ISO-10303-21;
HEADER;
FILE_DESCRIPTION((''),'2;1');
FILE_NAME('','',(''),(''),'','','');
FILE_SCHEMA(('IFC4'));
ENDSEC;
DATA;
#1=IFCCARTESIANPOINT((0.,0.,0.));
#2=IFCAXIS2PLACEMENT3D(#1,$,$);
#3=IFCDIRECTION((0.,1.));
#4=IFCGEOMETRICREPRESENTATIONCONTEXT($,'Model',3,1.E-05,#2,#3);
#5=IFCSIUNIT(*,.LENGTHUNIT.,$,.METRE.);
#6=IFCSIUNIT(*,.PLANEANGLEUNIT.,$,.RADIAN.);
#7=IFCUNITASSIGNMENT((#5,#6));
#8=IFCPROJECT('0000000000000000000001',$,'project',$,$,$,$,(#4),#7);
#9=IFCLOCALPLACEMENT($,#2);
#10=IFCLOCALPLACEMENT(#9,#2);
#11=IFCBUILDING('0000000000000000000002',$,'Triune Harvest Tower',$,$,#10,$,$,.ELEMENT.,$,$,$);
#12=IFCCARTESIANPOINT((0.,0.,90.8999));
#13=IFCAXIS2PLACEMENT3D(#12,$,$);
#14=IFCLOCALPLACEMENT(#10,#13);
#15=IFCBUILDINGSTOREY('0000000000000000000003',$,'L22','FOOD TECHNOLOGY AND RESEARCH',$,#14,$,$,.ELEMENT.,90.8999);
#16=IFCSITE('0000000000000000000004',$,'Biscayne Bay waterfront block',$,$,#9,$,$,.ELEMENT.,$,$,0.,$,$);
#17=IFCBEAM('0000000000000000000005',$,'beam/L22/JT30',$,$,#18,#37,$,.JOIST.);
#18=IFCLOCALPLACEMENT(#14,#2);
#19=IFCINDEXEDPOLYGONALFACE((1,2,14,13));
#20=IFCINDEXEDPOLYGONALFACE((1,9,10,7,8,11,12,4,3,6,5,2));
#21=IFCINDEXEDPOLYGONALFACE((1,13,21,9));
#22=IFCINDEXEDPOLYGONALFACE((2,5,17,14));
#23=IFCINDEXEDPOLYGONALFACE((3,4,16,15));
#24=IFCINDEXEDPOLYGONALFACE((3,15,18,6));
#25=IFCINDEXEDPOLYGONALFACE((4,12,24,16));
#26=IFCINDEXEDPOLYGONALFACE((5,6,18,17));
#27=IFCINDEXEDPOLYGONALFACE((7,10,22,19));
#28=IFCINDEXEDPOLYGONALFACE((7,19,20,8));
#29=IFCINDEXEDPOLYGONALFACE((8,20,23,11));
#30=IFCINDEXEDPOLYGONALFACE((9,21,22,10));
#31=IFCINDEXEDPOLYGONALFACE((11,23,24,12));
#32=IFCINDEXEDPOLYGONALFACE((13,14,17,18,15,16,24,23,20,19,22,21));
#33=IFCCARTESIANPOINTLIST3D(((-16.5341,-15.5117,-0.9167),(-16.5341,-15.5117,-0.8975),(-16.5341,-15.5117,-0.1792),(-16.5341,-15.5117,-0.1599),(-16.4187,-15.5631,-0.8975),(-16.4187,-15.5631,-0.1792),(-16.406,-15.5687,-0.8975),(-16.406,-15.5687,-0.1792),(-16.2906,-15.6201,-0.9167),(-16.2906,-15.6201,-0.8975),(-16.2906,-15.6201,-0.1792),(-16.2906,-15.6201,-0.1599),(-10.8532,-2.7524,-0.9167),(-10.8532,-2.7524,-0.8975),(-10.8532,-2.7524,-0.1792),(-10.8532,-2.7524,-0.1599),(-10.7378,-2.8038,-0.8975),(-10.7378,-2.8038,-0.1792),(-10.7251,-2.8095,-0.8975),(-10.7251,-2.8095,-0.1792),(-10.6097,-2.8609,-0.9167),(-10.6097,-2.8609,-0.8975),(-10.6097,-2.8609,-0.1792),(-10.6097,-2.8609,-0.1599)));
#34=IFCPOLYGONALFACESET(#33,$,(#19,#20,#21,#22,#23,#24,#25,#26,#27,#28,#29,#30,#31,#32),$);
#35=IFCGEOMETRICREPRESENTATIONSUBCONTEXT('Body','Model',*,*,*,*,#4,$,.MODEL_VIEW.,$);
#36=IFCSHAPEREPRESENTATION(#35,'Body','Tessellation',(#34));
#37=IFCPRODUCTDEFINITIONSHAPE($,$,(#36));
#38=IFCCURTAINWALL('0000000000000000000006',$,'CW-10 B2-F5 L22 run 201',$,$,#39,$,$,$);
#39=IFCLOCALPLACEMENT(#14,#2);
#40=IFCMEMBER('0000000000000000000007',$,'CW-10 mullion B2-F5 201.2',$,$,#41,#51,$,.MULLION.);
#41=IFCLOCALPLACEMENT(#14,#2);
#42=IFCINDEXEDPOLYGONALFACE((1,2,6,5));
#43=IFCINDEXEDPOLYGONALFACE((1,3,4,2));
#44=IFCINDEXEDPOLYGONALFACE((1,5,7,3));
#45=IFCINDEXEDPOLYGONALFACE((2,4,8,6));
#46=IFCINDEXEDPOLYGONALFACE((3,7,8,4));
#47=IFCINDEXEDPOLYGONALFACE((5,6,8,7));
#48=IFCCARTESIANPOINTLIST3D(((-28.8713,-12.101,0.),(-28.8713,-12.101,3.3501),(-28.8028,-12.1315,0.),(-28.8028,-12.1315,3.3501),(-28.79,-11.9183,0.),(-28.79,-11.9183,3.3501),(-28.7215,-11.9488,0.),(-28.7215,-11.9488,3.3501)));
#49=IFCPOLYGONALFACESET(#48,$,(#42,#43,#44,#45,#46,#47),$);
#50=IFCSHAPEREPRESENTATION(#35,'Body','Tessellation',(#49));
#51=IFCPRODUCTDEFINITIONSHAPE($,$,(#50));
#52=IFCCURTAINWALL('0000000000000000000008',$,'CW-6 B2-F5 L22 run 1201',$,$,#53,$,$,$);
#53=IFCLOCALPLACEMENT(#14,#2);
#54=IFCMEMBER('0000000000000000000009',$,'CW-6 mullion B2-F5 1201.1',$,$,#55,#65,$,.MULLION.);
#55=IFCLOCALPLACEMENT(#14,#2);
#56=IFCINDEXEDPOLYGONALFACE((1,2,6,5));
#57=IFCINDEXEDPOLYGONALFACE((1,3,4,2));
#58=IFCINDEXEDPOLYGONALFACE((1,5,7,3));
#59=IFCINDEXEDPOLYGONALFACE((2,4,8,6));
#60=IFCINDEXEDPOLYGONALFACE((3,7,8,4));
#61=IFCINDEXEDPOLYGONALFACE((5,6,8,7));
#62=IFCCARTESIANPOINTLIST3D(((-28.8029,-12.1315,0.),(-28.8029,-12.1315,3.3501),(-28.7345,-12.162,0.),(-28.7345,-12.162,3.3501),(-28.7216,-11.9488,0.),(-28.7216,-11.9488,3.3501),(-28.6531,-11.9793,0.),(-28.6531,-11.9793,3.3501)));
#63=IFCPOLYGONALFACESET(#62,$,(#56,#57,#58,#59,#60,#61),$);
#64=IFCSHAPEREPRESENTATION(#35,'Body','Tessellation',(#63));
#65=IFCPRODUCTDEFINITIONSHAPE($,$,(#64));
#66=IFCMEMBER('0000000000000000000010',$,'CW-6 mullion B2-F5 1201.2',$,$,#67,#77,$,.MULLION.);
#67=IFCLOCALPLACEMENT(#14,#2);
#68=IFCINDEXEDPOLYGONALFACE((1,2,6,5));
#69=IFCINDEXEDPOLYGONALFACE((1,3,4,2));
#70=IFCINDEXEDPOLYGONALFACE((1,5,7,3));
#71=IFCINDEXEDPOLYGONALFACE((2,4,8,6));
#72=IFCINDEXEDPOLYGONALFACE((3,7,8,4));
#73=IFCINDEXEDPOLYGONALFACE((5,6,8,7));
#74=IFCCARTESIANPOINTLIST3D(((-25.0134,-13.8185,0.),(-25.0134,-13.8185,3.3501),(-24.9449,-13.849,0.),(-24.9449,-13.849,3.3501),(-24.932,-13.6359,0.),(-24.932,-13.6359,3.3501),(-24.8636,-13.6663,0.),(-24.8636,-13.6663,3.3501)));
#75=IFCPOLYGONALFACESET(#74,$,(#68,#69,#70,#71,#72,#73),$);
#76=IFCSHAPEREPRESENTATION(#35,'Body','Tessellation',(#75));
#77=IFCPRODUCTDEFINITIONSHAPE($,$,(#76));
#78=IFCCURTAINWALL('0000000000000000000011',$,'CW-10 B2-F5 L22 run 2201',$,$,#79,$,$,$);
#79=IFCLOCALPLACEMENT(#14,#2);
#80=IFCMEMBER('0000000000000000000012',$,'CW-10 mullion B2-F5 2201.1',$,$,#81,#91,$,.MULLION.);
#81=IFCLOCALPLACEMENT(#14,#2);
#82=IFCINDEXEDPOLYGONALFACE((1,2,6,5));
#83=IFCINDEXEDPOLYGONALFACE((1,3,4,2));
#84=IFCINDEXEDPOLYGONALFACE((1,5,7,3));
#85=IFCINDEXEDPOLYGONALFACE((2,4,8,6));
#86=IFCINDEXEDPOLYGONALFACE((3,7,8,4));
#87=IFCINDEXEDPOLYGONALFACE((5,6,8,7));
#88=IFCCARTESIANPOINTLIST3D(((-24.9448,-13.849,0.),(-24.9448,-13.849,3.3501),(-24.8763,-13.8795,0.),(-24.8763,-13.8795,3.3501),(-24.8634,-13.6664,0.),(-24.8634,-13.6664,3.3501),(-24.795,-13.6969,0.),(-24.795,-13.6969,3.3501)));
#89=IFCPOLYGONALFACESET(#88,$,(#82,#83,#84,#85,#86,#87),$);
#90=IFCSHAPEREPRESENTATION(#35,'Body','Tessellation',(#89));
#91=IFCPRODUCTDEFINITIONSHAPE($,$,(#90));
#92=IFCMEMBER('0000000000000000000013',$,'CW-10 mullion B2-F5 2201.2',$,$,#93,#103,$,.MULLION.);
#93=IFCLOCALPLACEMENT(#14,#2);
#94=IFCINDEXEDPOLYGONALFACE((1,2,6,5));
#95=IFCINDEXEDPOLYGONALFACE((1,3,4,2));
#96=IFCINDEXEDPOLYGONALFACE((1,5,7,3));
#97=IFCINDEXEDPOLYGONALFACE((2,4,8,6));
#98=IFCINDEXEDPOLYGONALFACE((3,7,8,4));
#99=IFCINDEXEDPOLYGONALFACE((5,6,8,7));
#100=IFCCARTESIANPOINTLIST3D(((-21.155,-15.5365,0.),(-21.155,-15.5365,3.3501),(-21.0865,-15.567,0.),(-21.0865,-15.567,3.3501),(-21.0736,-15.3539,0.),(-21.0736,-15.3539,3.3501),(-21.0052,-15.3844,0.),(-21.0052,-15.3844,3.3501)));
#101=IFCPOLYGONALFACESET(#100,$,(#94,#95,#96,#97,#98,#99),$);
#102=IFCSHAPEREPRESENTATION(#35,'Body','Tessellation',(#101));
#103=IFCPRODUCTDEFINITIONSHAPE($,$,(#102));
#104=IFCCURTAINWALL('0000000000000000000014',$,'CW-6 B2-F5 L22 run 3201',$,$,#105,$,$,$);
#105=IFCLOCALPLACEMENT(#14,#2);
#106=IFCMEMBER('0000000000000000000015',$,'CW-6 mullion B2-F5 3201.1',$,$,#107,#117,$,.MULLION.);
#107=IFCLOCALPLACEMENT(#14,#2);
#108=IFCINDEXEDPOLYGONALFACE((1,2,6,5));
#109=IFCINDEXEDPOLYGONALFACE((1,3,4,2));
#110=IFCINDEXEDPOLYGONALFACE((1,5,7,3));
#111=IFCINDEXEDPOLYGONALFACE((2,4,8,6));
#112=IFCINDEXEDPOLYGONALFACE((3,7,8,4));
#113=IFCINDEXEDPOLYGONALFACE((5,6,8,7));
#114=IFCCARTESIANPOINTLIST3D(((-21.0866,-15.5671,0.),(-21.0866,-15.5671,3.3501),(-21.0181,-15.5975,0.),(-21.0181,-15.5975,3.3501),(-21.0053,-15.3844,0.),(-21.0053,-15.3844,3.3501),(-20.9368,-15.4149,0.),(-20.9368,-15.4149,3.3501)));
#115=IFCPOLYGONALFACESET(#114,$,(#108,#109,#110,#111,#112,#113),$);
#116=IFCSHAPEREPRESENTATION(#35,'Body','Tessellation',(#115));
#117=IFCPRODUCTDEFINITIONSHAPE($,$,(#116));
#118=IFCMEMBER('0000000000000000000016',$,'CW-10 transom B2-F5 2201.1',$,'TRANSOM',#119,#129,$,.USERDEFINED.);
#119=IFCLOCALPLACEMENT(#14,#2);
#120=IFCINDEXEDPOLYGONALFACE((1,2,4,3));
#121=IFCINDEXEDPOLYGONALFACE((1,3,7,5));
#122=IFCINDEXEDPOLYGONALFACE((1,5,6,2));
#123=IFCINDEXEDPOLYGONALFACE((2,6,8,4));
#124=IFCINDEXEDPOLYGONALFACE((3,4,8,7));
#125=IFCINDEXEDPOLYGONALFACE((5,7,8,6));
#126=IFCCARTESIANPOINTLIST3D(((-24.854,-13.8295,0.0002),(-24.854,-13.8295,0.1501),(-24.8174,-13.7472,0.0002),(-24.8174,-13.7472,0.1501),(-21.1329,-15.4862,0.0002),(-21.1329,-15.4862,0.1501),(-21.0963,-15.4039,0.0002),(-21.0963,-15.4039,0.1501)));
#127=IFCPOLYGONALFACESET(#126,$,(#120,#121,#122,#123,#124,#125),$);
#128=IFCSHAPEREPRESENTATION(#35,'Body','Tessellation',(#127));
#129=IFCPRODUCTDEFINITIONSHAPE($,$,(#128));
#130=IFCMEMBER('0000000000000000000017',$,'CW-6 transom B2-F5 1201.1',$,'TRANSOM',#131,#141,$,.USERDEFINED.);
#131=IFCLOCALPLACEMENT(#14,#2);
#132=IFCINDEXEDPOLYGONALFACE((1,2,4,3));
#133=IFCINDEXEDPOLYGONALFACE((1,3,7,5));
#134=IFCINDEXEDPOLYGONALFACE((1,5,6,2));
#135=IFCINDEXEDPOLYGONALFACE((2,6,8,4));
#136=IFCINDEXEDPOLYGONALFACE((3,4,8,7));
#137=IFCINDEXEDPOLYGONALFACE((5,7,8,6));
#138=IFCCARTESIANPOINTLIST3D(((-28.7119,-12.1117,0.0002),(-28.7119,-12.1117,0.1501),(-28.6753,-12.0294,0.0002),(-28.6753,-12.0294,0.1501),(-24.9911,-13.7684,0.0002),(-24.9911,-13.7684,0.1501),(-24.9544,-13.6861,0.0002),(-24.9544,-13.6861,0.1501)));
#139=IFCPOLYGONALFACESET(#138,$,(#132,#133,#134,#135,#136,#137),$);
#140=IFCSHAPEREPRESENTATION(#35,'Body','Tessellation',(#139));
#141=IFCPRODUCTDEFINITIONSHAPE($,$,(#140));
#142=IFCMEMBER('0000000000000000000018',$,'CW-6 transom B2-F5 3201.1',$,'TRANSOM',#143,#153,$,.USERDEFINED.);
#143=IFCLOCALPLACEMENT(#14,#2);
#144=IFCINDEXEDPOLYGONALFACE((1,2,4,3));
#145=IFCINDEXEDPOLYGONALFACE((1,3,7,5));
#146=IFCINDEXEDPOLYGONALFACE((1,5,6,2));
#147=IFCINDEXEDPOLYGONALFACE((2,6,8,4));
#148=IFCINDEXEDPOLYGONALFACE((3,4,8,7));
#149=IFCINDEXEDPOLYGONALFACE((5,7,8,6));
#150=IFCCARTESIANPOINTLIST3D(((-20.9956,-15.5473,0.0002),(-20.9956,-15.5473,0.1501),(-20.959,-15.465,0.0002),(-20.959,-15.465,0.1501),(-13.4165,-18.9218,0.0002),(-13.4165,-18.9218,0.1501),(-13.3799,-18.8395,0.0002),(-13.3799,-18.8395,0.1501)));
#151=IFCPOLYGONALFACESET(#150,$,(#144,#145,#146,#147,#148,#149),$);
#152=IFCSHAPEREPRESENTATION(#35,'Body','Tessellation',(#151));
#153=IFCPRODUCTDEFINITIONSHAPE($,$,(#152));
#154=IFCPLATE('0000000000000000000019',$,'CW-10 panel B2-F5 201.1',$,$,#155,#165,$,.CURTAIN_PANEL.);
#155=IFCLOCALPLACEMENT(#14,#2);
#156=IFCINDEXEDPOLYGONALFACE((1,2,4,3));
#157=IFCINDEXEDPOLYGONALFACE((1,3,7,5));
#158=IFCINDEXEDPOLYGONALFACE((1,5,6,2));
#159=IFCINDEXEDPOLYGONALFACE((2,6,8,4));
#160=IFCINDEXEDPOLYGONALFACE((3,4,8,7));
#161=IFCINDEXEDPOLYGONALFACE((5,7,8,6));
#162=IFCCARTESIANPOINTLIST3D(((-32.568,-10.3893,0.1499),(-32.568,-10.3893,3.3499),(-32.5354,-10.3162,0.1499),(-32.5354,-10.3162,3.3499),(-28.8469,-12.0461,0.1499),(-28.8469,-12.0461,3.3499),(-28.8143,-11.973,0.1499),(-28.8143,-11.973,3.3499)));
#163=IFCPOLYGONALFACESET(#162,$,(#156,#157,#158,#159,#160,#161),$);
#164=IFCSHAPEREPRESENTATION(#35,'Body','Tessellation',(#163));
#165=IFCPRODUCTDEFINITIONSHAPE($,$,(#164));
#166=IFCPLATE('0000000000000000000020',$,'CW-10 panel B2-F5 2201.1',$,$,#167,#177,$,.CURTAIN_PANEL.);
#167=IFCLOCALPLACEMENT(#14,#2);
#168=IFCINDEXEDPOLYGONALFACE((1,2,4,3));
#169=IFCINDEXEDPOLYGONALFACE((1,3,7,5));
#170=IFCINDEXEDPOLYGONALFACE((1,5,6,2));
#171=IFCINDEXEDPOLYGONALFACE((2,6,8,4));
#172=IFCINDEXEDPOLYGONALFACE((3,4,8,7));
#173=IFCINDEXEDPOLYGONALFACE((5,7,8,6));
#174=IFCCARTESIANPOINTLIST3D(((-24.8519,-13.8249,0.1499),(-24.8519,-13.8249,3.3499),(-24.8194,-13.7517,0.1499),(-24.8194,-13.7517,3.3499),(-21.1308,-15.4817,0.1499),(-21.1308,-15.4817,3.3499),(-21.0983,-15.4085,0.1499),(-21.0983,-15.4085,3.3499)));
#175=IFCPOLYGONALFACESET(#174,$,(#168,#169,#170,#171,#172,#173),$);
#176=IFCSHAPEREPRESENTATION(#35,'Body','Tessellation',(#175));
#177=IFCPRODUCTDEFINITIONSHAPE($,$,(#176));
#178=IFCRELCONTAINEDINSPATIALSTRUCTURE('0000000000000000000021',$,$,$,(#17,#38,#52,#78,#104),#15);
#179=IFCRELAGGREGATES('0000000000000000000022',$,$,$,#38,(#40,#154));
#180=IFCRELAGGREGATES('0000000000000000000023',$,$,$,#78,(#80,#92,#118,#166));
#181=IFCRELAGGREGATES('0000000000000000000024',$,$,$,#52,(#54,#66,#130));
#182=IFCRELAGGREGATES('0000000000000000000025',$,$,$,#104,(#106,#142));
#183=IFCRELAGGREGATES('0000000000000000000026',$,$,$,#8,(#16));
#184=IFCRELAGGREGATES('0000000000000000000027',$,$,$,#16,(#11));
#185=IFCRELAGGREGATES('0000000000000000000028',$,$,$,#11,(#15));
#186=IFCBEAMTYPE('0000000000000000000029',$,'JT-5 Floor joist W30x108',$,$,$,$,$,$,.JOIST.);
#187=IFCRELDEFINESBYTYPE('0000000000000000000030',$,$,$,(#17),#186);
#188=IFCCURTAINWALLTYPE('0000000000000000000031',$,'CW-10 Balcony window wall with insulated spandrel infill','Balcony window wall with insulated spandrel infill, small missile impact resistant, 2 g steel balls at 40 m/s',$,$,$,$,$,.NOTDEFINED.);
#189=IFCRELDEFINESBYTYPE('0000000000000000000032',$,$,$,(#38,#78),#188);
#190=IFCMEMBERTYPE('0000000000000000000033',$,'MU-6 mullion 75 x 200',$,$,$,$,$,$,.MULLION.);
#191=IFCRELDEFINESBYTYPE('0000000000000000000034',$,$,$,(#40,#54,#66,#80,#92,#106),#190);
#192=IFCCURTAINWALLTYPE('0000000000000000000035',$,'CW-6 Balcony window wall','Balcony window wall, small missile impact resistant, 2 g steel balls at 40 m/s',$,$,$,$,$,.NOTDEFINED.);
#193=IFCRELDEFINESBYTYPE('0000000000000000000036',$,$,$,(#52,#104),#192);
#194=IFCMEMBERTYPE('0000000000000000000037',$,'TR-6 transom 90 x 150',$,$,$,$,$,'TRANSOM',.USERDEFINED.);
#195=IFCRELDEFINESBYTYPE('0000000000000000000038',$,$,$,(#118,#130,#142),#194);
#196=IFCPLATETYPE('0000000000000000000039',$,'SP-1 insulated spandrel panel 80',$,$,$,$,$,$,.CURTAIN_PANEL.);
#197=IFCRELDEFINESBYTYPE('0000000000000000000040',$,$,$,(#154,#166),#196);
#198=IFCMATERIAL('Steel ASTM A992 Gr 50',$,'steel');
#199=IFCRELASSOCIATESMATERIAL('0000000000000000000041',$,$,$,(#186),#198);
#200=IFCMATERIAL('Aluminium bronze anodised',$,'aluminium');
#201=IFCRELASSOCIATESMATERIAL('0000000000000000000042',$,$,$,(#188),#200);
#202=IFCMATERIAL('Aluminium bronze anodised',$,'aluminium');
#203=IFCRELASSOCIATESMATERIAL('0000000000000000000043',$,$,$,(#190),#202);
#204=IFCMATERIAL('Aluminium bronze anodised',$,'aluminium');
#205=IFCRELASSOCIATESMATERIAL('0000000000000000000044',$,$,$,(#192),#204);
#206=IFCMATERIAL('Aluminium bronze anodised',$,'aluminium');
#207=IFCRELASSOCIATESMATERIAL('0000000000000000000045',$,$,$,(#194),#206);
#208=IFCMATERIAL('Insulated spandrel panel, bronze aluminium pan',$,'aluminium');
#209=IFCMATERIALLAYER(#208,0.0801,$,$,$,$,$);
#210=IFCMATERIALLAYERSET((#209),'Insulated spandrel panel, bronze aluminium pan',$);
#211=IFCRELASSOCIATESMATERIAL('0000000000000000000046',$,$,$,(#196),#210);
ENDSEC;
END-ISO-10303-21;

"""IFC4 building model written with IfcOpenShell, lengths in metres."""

from ifc_helpers import new_model, si_unit, direction, frame, origin, origin_2d, place, context, subcontext, project, spatial, rectangle, i_section, extrude, source, transform, mapped, material, layer, layer_set, material_profile, profile_set, type_object, element, aggregate, save


model = new_model("IFC4")

# Units and contexts
model_context = context("Model", 3, precision=1e-05, world=origin(), true_north=direction((0.0, 1.0)))
body_context = subcontext(model_context, "Body", "Model", "MODEL_VIEW")
ifc_project = project(units=[si_unit("LENGTHUNIT", "METRE"), si_unit("PLANEANGLEUNIT", "RADIAN")], contexts=[model_context])

# Site, building, storey
site_placement = place(None, origin())
site = spatial("IfcSite", under=ifc_project, at=site_placement, Name="Biscayne Bay waterfront block", CompositionType="ELEMENT", RefElevation=0.0)
building_placement = place(site_placement, origin())
building = spatial("IfcBuilding", under=site, at=building_placement, Name="Triune Harvest Tower", CompositionType="ELEMENT")
storey_placement = place(building_placement, frame((0.0, 0.0, 90.8999)))
storey = spatial("IfcBuildingStorey", under=building, at=storey_placement, Name="L22", Description="FOOD TECHNOLOGY AND RESEARCH", CompositionType="ELEMENT", Elevation=90.8999)

# Beam
ifc_material_1 = material(Name="Steel ASTM A992 Gr 50", Category="steel")
ifc_material_profile_1 = material_profile(ifc_material_1, i_section(OverallWidth=0.2666, OverallDepth=0.7568, WebThickness=0.0139, FlangeThickness=0.0193, at=origin_2d()), Name="W30x108")
ifc_profile_set_1 = profile_set([ifc_material_profile_1], Name="Steel ASTM A992 Gr 50")
beam_type_1 = type_object("IfcBeamType", Name="JT-5 Floor joist W30x108", PredefinedType="JOIST", material=ifc_profile_set_1)
shared_shape_1 = source(origin(), body_context, "Body", "SweptSolid", [
    extrude(i_section(OverallWidth=0.2666, OverallDepth=0.7568, WebThickness=0.0139, FlangeThickness=0.0193, at=origin_2d()), origin(), (0.0, 0.0, 1.0), 13.9668),
])
beam_1_placement = place(storey_placement, frame((-16.4124, -15.5659, -0.5383), z_axis=(0.406743, 0.913542, 0.0), x_axis=(-0.913542, 0.406743, 0.0)))
element("IfcBeam", 1, at=beam_1_placement, inside=storey, type_object=beam_type_1, Name="beam/L22/JT30", PredefinedType="JOIST", context=body_context, shape_type="MappedRepresentation", body=[
    mapped(shared_shape_1, transform((0.0, 0.0, 0.0), scale=1.0)),
])

# Curtain wall, member
ifc_material_2 = material(Name="Aluminium bronze anodised", Category="aluminium")
curtain_wall_type_1 = type_object("IfcCurtainWallType", Name="CW-10 Balcony window wall with insulated spandrel infill", Description="Balcony window wall with insulated spandrel infill, small missile impact resistant, 2 g steel balls at 40 m/s", PredefinedType="NOTDEFINED", material=ifc_material_2)
curtain_wall_1_placement = place(storey_placement, origin())
curtain_wall_1 = element("IfcCurtainWall", 2, at=curtain_wall_1_placement, inside=storey, type_object=curtain_wall_type_1, Name="CW-10 B2-F5 L22 run 201")
ifc_material_3 = material(Name="Aluminium bronze anodised", Category="aluminium")
ifc_material_profile_2 = material_profile(ifc_material_3, rectangle(XDim=0.2, YDim=0.075, at=origin_2d()), Name="MU-6 mullion 75 x 200")
ifc_profile_set_2 = profile_set([ifc_material_profile_2], Name="Aluminium bronze anodised")
member_type_1 = type_object("IfcMemberType", Name="MU-6 mullion 75 x 200", PredefinedType="MULLION", material=ifc_profile_set_2)
shared_shape_2 = source(origin(), body_context, "Body", "SweptSolid", [
    extrude(rectangle(XDim=0.2, YDim=0.075, at=origin_2d()), origin(), (0.0, 0.0, 1.0), 3.3501),
])
member_1_placement = place(storey_placement, frame((-28.7964, -12.0249, 0.0), z_axis=(0.0, 0.0, 1.0), x_axis=(0.406749, 0.91354, 0.0)))
member_1 = element("IfcMember", 3, at=member_1_placement, type_object=member_type_1, Name="CW-10 mullion B2-F5 201.2", PredefinedType="MULLION", context=body_context, shape_type="MappedRepresentation", body=[
    mapped(shared_shape_2, transform((0.0, 0.0, 0.0), scale=1.0)),
])

# Curtain walls, members
ifc_material_4 = material(Name="Aluminium bronze anodised", Category="aluminium")
curtain_wall_type_2 = type_object("IfcCurtainWallType", Name="CW-6 Balcony window wall", Description="Balcony window wall, small missile impact resistant, 2 g steel balls at 40 m/s", PredefinedType="NOTDEFINED", material=ifc_material_4)
curtain_wall_2_placement = place(storey_placement, origin())
curtain_wall_2 = element("IfcCurtainWall", 4, at=curtain_wall_2_placement, inside=storey, type_object=curtain_wall_type_2, Name="CW-6 B2-F5 L22 run 1201")
member_2_placement = place(storey_placement, frame((-28.728, -12.0554, 0.0), z_axis=(0.0, 0.0, 1.0), x_axis=(0.406729, 0.913549, 0.0)))
member_2 = element("IfcMember", 5, at=member_2_placement, type_object=member_type_1, Name="CW-6 mullion B2-F5 1201.1", PredefinedType="MULLION", context=body_context, shape_type="MappedRepresentation", body=[
    mapped(shared_shape_2, transform((0.0, 0.0, 0.0), scale=1.0)),
])
member_3_placement = place(storey_placement, frame((-24.9385, -13.7424, 0.0), z_axis=(0.0, 0.0, 1.0), x_axis=(0.406729, 0.913549, 0.0)))
member_3 = element("IfcMember", 6, at=member_3_placement, type_object=member_type_1, Name="CW-6 mullion B2-F5 1201.2", PredefinedType="MULLION", context=body_context, shape_type="MappedRepresentation", body=[
    mapped(shared_shape_2, transform((0.0, 0.0, 0.0), scale=1.0)),
])
curtain_wall_3_placement = place(storey_placement, origin())
curtain_wall_3 = element("IfcCurtainWall", 7, at=curtain_wall_3_placement, inside=storey, type_object=curtain_wall_type_1, Name="CW-10 B2-F5 L22 run 2201")
member_4_placement = place(storey_placement, frame((-24.8699, -13.7729, 0.0), z_axis=(0.0, 0.0, 1.0), x_axis=(0.40674, 0.913544, 0.0)))
member_4 = element("IfcMember", 8, at=member_4_placement, type_object=member_type_1, Name="CW-10 mullion B2-F5 2201.1", PredefinedType="MULLION", context=body_context, shape_type="MappedRepresentation", body=[
    mapped(shared_shape_2, transform((0.0, 0.0, 0.0), scale=1.0)),
])
member_5_placement = place(storey_placement, frame((-21.0801, -15.4604, 0.0), z_axis=(0.0, 0.0, 1.0), x_axis=(0.40674, 0.913544, 0.0)))
member_5 = element("IfcMember", 9, at=member_5_placement, type_object=member_type_1, Name="CW-10 mullion B2-F5 2201.2", PredefinedType="MULLION", context=body_context, shape_type="MappedRepresentation", body=[
    mapped(shared_shape_2, transform((0.0, 0.0, 0.0), scale=1.0)),
])

# Curtain wall, member
curtain_wall_4_placement = place(storey_placement, origin())
curtain_wall_4 = element("IfcCurtainWall", 10, at=curtain_wall_4_placement, inside=storey, type_object=curtain_wall_type_2, Name="CW-6 B2-F5 L22 run 3201")
member_6_placement = place(storey_placement, frame((-21.0117, -15.491, 0.0), z_axis=(0.0, 0.0, 1.0), x_axis=(0.406739, 0.913544, 0.0)))
member_6 = element("IfcMember", 11, at=member_6_placement, type_object=member_type_1, Name="CW-6 mullion B2-F5 3201.1", PredefinedType="MULLION", context=body_context, shape_type="MappedRepresentation", body=[
    mapped(shared_shape_2, transform((0.0, 0.0, 0.0), scale=1.0)),
])

# Members
ifc_material_5 = material(Name="Aluminium bronze anodised", Category="aluminium")
ifc_material_profile_3 = material_profile(ifc_material_5, rectangle(XDim=0.0901, YDim=0.1499, at=origin_2d()), Name="TR-6 transom 90 x 150")
ifc_profile_set_3 = profile_set([ifc_material_profile_3], Name="Aluminium bronze anodised")
member_type_2 = type_object("IfcMemberType", Name="TR-6 transom 90 x 150", ElementType="TRANSOM", PredefinedType="USERDEFINED", material=ifc_profile_set_3)
shared_shape_3 = source(origin(), body_context, "Body", "SweptSolid", [
    extrude(rectangle(XDim=0.0901, YDim=0.1499, at=origin_2d()), origin(), (0.0, 0.0, 1.0), 4.0732),
])
member_7_placement = place(storey_placement, frame((-24.8357, -13.7883, 0.0752), z_axis=(0.913549, -0.406728, 0.0), x_axis=(0.406728, 0.913549, 0.0)))
member_7 = element("IfcMember", 12, at=member_7_placement, type_object=member_type_2, Name="CW-10 transom B2-F5 2201.1", ObjectType="TRANSOM", PredefinedType="USERDEFINED", context=body_context, shape_type="MappedRepresentation", body=[
    mapped(shared_shape_3, transform((0.0, 0.0, 0.0), scale=1.0)),
])
shared_shape_4 = source(origin(), body_context, "Body", "SweptSolid", [
    extrude(rectangle(XDim=0.0901, YDim=0.1499, at=origin_2d()), origin(), (0.0, 0.0, 1.0), 4.073),
])
member_8_placement = place(storey_placement, frame((-28.6936, -12.0706, 0.0752), z_axis=(0.913539, -0.40675, 0.0), x_axis=(0.40675, 0.913539, 0.0)))
member_8 = element("IfcMember", 13, at=member_8_placement, type_object=member_type_2, Name="CW-6 transom B2-F5 1201.1", ObjectType="TRANSOM", PredefinedType="USERDEFINED", context=body_context, shape_type="MappedRepresentation", body=[
    mapped(shared_shape_4, transform((0.0, 0.0, 0.0), scale=1.0)),
])
shared_shape_5 = source(origin(), body_context, "Body", "SweptSolid", [
    extrude(rectangle(XDim=0.0901, YDim=0.1499, at=origin_2d()), origin(), (0.0, 0.0, 1.0), 8.2964),
])
member_9_placement = place(storey_placement, frame((-20.9773, -15.5061, 0.0752), z_axis=(0.913542, -0.406745, 0.0), x_axis=(0.406745, 0.913542, 0.0)))
member_9 = element("IfcMember", 14, at=member_9_placement, type_object=member_type_2, Name="CW-6 transom B2-F5 3201.1", ObjectType="TRANSOM", PredefinedType="USERDEFINED", context=body_context, shape_type="MappedRepresentation", body=[
    mapped(shared_shape_5, transform((0.0, 0.0, 0.0), scale=1.0)),
])

# Plates
ifc_material_6 = material(Name="Insulated spandrel panel, bronze aluminium pan", Category="aluminium")
ifc_layer_1 = layer(ifc_material_6, 0.0801)
ifc_layer_set_1 = layer_set([ifc_layer_1], Name="Insulated spandrel panel, bronze aluminium pan")
plate_type_1 = type_object("IfcPlateType", Name="SP-1 insulated spandrel panel 80", PredefinedType="CURTAIN_PANEL", material=ifc_layer_set_1)
shared_shape_6 = source(origin(), body_context, "Body", "SweptSolid", [
    extrude(rectangle(XDim=4.0732, YDim=0.0801, at=origin_2d()), origin(), (0.0, 0.0, 1.0), 3.2),
])
plate_1_placement = place(storey_placement, frame((-30.6912, -11.1812, 0.1499), z_axis=(0.0, 0.0, 1.0), x_axis=(0.91354, -0.406749, 0.0)))
plate_1 = element("IfcPlate", 15, at=plate_1_placement, type_object=plate_type_1, Name="CW-10 panel B2-F5 201.1", PredefinedType="CURTAIN_PANEL", context=body_context, shape_type="MappedRepresentation", body=[
    mapped(shared_shape_6, transform((0.0, 0.0, 0.0), scale=1.0)),
])
aggregate(curtain_wall_1, [member_1, plate_1])
plate_2_placement = place(storey_placement, frame((-22.9751, -14.6167, 0.1499), z_axis=(0.0, 0.0, 1.0), x_axis=(0.913544, -0.40674, 0.0)))
plate_2 = element("IfcPlate", 16, at=plate_2_placement, type_object=plate_type_1, Name="CW-10 panel B2-F5 2201.1", PredefinedType="CURTAIN_PANEL", context=body_context, shape_type="MappedRepresentation", body=[
    mapped(shared_shape_6, transform((0.0, 0.0, 0.0), scale=1.0)),
])
aggregate(curtain_wall_3, [member_4, member_5, member_7, plate_2])
aggregate(curtain_wall_2, [member_2, member_3, member_8])
aggregate(curtain_wall_4, [member_6, member_9])

save(model, "model.ifc")
